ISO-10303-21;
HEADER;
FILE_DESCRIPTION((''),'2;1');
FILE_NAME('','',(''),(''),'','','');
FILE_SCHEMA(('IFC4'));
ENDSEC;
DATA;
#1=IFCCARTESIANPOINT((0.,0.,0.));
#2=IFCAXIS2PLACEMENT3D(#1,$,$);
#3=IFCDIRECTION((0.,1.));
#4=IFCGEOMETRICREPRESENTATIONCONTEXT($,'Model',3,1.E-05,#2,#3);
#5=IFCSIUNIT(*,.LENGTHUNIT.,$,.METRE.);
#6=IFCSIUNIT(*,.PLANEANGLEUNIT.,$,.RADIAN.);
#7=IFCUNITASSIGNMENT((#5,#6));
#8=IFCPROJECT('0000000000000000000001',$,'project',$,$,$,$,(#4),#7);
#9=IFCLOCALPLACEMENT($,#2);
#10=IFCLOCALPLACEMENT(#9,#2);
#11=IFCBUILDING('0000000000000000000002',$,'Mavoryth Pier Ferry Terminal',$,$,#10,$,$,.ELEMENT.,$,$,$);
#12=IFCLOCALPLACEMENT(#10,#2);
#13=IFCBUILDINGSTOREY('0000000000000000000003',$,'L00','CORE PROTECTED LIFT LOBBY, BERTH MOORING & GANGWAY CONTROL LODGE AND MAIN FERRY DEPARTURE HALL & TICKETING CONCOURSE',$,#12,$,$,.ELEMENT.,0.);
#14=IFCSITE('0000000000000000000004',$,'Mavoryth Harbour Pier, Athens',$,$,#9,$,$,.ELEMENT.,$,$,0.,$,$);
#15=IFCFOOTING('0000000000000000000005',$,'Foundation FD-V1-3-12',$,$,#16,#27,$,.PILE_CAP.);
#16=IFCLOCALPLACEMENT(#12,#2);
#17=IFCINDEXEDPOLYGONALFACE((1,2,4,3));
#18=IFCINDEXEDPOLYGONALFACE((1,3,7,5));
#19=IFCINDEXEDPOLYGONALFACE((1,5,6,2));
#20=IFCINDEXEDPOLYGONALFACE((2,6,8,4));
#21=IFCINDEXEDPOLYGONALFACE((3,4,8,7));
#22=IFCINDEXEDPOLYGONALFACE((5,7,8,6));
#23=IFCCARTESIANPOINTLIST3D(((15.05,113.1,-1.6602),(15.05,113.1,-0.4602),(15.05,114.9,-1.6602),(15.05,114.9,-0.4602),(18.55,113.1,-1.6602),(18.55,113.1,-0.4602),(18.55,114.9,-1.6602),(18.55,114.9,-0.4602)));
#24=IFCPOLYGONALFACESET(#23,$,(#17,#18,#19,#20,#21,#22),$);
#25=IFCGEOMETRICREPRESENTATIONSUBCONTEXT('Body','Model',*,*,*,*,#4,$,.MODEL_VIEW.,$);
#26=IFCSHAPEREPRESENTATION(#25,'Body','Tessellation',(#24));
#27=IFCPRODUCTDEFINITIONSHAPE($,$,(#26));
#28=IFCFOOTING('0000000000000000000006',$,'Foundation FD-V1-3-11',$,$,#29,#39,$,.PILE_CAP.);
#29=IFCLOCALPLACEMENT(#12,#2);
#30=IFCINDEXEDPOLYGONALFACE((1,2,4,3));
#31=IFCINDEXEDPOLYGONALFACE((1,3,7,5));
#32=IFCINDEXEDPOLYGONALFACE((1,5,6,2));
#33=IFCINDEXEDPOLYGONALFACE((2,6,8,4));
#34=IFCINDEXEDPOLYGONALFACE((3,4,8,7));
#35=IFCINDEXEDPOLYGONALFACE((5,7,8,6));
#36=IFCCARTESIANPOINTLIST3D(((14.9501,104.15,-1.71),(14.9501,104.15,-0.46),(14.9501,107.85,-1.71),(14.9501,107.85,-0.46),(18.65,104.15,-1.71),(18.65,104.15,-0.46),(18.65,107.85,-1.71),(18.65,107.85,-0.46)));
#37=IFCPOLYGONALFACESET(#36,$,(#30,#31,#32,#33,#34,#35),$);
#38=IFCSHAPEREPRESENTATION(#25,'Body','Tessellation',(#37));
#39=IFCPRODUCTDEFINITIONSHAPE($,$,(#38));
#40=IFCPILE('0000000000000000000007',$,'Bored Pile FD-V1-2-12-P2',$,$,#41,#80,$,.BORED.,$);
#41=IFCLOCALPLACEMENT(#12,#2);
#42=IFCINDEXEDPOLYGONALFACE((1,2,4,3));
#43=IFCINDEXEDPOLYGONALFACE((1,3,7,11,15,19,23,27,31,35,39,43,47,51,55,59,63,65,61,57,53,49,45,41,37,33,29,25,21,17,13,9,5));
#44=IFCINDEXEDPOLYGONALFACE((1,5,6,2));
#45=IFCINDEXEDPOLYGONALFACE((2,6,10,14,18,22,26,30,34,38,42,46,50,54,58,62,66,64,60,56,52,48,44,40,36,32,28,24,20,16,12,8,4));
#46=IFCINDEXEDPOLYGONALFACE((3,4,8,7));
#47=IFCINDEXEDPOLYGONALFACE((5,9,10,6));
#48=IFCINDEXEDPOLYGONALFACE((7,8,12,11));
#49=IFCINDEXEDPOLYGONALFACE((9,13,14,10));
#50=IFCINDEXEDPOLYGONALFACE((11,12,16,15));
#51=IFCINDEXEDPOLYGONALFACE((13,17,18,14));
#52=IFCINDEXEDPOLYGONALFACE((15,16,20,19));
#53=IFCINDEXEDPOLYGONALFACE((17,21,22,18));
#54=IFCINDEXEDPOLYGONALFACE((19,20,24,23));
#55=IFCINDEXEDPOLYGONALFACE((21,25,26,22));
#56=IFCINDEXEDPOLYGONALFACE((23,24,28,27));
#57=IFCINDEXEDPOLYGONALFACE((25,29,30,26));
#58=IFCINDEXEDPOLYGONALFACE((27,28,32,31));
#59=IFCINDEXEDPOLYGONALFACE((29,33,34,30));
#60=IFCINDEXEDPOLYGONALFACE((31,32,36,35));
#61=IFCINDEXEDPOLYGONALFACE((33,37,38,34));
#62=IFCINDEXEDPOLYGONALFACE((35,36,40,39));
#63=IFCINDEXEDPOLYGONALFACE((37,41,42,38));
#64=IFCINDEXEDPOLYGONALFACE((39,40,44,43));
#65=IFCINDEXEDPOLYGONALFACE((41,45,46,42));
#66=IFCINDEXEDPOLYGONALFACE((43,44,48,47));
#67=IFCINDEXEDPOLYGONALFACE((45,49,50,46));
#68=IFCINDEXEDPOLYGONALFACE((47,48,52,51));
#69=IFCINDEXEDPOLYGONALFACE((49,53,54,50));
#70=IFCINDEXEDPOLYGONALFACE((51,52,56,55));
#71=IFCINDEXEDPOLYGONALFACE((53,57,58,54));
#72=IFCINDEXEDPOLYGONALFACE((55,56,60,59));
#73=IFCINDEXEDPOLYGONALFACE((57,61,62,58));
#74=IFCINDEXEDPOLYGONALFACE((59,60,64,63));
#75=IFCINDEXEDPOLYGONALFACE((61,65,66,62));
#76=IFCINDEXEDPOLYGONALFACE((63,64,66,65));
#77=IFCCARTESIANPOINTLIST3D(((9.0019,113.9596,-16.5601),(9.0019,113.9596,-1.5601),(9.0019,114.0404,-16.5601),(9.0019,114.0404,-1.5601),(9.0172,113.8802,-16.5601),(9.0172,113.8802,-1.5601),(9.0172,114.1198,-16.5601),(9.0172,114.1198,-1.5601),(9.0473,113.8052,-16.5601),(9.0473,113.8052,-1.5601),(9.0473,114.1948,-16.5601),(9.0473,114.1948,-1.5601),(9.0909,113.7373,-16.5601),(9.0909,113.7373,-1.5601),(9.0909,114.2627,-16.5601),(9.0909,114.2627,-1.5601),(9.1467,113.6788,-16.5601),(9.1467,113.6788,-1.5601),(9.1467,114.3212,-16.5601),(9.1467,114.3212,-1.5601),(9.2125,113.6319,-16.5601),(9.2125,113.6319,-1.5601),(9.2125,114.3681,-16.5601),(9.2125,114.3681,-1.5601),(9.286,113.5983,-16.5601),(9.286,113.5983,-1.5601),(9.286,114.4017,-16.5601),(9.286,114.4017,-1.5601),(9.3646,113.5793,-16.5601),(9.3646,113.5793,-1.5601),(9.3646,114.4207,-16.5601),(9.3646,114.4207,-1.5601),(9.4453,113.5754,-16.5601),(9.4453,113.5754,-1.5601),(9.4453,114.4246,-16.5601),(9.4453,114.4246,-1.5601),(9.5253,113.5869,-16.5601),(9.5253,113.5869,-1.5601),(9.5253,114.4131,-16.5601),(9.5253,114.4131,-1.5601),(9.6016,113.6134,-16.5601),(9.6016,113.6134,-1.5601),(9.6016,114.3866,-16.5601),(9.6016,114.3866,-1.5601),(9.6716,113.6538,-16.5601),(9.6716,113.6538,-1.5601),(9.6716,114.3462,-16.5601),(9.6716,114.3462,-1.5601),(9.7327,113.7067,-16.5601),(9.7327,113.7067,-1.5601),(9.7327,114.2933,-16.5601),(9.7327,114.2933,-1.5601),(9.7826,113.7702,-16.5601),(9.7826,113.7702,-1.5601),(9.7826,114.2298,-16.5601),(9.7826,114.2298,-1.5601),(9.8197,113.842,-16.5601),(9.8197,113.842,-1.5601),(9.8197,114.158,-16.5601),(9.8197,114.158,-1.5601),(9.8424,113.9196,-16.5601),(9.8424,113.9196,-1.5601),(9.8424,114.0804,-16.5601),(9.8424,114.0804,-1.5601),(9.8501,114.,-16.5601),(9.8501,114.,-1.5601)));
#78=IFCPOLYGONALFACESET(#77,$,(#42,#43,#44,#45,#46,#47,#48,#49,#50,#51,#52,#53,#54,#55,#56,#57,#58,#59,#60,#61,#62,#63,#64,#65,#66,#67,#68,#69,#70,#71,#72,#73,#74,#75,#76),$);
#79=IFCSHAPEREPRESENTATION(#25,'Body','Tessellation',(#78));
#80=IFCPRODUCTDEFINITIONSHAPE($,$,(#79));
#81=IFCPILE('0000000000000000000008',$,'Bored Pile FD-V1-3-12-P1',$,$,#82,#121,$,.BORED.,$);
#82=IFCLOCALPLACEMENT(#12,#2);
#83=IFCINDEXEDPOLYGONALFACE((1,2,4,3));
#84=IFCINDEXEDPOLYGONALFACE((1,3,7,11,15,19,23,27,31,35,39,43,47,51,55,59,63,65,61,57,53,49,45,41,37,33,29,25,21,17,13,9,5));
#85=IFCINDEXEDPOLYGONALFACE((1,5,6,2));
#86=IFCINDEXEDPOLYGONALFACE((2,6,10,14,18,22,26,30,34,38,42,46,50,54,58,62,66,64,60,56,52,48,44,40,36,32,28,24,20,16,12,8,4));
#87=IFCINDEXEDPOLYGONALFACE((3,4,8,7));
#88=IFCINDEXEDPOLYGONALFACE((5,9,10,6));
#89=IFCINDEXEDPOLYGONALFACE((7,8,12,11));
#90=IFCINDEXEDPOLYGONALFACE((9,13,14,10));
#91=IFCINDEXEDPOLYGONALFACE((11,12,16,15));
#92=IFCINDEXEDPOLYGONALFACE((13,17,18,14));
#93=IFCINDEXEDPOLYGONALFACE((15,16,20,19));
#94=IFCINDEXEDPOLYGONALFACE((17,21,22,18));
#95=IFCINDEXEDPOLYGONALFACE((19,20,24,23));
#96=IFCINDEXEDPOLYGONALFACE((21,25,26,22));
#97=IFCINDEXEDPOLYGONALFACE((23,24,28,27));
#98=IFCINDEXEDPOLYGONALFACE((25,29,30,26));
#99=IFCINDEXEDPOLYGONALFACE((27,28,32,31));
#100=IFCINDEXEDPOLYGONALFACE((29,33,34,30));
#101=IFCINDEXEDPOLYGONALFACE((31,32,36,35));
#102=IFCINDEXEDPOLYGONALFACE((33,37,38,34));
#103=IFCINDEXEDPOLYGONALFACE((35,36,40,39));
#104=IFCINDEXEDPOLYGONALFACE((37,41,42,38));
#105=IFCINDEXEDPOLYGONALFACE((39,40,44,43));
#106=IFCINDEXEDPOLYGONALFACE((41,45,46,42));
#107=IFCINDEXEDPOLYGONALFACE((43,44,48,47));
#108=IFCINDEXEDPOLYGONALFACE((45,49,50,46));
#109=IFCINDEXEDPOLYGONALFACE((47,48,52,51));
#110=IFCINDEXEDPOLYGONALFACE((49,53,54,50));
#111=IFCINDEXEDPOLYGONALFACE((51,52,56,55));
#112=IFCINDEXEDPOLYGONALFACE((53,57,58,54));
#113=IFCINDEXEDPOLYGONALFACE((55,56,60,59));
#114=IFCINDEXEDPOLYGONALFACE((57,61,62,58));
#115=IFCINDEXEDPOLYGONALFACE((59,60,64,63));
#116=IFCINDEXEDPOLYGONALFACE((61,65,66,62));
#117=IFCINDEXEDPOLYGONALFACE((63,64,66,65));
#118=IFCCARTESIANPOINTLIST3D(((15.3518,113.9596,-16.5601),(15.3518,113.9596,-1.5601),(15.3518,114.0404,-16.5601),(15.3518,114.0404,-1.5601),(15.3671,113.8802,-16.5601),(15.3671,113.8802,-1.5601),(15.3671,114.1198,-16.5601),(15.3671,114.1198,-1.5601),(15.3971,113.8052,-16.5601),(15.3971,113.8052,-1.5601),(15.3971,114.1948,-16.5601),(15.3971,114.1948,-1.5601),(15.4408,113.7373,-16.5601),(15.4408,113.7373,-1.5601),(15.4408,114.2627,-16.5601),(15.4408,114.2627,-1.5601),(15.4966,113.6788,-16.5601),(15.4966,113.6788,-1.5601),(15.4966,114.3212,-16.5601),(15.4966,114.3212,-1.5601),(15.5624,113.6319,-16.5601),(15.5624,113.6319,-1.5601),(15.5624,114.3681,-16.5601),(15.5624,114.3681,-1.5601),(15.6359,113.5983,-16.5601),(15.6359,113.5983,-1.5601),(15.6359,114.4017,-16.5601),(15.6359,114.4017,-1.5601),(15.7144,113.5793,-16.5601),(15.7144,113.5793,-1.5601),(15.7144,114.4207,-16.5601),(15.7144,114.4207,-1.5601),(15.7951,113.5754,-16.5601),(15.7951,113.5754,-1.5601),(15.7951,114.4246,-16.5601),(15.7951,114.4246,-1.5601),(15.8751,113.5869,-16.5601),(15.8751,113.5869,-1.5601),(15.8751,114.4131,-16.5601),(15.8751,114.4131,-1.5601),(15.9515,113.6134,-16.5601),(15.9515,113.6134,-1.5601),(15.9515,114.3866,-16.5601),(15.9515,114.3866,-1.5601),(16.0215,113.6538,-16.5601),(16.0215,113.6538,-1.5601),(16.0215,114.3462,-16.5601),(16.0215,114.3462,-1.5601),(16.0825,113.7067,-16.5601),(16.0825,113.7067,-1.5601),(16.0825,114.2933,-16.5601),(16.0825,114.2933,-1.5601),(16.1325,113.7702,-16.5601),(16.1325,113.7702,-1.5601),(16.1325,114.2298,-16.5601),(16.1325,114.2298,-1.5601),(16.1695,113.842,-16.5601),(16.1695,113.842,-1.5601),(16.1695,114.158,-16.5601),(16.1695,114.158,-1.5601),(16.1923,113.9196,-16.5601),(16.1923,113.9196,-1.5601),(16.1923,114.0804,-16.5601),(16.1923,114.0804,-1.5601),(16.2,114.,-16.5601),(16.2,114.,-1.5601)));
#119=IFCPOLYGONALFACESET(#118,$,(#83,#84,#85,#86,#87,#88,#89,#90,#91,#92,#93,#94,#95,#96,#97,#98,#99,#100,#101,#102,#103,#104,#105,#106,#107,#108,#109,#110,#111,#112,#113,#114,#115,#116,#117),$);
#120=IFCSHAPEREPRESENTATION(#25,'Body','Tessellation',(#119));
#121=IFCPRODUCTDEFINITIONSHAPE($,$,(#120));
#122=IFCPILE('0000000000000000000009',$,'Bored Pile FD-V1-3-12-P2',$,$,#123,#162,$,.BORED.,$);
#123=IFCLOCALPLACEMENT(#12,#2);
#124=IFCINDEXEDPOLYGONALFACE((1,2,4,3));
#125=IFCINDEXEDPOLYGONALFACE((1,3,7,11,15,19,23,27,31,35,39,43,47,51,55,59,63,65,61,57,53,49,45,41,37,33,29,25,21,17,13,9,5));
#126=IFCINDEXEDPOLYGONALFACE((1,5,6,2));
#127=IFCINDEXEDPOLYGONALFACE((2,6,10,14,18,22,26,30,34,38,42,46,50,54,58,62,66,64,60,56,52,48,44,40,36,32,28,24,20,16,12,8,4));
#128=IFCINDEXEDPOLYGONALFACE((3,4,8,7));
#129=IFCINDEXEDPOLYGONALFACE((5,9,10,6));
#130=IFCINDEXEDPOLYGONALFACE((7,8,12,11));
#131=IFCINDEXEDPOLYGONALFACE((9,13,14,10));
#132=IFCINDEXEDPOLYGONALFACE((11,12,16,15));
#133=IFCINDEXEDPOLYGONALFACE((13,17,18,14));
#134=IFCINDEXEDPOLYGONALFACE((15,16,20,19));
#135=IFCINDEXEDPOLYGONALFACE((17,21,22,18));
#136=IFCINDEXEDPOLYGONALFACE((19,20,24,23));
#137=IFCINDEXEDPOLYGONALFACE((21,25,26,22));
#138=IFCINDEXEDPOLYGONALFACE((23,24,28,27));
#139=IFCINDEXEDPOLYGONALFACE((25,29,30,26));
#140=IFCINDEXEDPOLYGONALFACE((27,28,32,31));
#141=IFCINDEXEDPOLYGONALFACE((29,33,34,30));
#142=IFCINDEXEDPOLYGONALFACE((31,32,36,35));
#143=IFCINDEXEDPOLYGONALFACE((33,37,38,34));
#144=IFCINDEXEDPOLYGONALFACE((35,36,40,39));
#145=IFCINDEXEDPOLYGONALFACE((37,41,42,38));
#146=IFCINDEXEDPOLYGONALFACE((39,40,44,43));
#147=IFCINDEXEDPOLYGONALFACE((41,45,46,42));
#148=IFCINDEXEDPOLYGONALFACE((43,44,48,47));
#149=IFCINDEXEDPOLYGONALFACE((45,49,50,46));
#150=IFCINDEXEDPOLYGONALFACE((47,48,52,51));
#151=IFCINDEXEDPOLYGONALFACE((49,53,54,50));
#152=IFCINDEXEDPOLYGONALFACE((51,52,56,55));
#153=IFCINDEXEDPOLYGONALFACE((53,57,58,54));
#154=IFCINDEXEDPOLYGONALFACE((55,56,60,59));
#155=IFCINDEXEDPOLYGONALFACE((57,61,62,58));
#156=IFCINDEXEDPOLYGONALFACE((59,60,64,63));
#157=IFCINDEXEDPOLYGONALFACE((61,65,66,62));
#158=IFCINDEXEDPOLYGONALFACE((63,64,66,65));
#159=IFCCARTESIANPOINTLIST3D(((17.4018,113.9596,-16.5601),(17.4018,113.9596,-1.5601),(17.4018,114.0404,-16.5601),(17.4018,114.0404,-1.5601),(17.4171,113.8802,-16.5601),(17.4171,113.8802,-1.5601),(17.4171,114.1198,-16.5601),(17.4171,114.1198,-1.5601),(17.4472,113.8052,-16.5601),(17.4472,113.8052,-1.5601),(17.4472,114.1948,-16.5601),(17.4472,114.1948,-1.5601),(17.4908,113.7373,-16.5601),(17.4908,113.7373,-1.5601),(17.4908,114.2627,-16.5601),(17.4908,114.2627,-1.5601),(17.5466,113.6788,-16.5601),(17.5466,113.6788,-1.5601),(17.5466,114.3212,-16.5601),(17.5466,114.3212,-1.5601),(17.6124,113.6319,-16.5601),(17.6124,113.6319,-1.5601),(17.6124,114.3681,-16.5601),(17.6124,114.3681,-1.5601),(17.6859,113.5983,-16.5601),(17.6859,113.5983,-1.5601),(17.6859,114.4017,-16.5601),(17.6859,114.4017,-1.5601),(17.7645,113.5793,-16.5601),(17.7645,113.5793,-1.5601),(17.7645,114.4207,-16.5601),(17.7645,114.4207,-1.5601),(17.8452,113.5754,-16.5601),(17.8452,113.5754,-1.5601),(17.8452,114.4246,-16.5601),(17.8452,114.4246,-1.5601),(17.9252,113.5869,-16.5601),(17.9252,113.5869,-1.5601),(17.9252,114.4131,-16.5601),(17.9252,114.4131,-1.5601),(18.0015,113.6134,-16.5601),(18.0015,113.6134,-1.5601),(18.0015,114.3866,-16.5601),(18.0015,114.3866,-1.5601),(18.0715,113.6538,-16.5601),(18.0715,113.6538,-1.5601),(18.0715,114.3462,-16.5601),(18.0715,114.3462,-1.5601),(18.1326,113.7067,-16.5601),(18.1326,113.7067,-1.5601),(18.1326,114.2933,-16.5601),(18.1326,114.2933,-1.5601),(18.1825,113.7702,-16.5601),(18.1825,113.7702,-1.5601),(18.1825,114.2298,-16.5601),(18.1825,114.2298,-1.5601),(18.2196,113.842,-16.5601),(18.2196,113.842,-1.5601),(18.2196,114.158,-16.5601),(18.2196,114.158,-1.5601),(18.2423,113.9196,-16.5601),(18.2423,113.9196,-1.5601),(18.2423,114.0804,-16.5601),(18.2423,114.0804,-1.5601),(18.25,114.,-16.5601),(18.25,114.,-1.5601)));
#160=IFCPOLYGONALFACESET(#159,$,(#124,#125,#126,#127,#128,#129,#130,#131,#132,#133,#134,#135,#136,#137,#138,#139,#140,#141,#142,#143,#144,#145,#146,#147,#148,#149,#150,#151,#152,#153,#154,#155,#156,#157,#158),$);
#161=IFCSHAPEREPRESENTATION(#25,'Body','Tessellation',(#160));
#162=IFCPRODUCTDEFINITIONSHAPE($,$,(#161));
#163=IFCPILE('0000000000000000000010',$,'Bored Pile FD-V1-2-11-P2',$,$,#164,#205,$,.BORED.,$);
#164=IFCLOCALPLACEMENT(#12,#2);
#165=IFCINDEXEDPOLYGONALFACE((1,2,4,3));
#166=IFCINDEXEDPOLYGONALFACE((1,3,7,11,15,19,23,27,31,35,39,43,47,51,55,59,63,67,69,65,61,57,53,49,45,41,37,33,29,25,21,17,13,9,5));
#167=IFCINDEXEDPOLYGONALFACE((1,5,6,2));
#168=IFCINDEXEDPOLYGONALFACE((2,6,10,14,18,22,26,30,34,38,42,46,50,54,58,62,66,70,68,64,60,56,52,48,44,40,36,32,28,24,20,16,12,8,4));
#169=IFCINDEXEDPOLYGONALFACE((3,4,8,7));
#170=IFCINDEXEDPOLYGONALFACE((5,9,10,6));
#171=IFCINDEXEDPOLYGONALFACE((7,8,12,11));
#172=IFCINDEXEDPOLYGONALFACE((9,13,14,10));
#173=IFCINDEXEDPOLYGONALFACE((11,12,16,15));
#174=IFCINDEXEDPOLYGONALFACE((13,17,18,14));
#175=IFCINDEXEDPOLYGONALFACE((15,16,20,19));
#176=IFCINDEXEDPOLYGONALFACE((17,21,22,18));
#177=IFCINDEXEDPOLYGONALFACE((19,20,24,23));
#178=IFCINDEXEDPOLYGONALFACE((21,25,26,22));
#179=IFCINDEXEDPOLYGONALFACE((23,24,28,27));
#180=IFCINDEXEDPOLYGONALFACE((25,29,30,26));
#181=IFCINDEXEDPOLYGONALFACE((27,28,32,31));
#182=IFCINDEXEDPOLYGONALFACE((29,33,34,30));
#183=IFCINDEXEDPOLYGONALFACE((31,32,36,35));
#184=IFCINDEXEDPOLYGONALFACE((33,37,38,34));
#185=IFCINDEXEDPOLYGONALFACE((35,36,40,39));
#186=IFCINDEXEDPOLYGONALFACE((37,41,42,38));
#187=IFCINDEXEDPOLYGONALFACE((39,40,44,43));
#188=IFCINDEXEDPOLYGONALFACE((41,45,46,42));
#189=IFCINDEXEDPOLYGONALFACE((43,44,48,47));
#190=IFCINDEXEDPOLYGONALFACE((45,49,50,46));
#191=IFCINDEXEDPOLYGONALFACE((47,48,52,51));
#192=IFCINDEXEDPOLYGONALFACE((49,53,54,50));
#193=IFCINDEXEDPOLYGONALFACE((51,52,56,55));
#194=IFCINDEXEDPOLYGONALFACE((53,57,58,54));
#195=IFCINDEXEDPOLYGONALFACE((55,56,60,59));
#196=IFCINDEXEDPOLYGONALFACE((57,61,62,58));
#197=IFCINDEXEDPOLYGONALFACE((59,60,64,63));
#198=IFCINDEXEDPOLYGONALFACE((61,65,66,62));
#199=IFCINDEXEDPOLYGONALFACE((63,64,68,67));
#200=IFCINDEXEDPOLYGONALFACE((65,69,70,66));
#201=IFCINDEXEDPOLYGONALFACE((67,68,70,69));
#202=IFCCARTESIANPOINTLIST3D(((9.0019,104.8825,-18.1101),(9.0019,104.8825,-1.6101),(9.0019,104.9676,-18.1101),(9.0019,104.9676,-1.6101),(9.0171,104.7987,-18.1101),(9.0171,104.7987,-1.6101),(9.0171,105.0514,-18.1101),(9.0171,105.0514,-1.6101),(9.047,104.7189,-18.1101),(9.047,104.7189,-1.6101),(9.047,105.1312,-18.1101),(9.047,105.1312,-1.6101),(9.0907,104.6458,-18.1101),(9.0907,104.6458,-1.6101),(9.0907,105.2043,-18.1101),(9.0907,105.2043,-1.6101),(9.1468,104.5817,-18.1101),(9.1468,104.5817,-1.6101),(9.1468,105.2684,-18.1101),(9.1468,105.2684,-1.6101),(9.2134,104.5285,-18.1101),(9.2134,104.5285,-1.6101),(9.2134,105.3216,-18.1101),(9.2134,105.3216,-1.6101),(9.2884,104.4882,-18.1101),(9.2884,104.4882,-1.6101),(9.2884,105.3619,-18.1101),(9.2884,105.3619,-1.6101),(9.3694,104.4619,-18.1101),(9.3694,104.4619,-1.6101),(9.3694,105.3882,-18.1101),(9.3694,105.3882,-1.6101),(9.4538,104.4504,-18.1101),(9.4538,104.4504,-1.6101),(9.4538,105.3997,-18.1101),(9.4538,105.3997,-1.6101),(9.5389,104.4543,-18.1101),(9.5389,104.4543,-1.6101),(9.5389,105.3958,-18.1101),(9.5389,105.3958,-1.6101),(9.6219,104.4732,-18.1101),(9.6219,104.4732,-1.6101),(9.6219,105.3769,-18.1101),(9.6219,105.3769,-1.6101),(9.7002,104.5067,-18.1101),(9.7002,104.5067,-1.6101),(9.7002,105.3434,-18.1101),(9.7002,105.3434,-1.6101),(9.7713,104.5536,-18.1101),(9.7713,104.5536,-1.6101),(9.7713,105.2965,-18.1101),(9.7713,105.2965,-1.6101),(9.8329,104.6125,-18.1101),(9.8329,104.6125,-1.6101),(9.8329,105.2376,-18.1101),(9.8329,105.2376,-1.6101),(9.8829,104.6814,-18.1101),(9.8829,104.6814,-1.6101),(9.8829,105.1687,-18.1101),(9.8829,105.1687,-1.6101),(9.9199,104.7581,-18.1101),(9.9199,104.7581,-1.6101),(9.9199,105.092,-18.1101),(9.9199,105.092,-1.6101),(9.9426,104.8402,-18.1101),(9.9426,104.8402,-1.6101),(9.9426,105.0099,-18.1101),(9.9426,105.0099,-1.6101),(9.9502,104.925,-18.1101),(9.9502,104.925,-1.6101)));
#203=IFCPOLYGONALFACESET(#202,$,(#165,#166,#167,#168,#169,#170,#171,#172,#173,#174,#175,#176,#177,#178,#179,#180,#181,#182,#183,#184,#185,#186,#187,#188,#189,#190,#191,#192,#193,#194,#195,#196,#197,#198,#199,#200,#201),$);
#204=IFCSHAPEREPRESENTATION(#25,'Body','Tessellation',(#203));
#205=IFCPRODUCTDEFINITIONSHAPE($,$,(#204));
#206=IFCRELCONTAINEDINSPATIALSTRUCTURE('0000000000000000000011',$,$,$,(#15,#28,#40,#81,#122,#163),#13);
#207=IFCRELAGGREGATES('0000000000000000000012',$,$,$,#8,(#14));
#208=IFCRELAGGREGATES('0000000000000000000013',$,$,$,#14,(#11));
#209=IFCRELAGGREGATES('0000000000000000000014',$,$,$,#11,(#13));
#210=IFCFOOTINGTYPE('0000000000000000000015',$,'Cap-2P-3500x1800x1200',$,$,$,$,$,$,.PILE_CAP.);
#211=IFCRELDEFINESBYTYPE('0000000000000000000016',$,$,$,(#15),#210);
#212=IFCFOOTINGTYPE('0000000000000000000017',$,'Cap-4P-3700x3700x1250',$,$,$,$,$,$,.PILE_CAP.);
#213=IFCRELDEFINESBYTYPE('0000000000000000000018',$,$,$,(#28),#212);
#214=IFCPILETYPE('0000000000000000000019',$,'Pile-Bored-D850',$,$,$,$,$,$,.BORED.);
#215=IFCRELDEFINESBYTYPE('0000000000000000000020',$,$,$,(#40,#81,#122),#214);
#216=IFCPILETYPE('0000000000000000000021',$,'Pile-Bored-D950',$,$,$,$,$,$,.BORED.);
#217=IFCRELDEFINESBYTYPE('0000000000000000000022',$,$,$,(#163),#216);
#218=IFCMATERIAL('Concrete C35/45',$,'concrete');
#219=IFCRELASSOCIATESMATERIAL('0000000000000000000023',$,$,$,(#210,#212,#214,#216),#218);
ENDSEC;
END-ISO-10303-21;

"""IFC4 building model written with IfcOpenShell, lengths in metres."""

from ifc_helpers import new_model, si_unit, direction, frame, origin, origin_2d, place, context, subcontext, project, spatial, rectangle, circle, extrude, material, material_profile, profile_set, type_object, element, save


model = new_model("IFC4")

# Units and contexts
model_context = context("Model", 3, precision=1e-05, world=origin(), true_north=direction((0.0, 1.0)))
body_context = subcontext(model_context, "Body", "Model", "MODEL_VIEW")
ifc_project = project(units=[si_unit("LENGTHUNIT", "METRE"), si_unit("PLANEANGLEUNIT", "RADIAN")], contexts=[model_context])

# Site, building, storey
site_placement = place(None, origin())
site = spatial("IfcSite", under=ifc_project, at=site_placement, Name="Mavoryth Harbour Pier, Athens", CompositionType="ELEMENT", RefElevation=0.0)
building_placement = place(site_placement, origin())
building = spatial("IfcBuilding", under=site, at=building_placement, Name="Mavoryth Pier Ferry Terminal", CompositionType="ELEMENT")
storey_placement = place(building_placement, origin())
storey = spatial("IfcBuildingStorey", under=building, at=storey_placement, Name="L00", Description="CORE PROTECTED LIFT LOBBY, BERTH MOORING & GANGWAY CONTROL LODGE AND MAIN FERRY DEPARTURE HALL & TICKETING CONCOURSE", CompositionType="ELEMENT", Elevation=0.0)

# Footings
ifc_material_1 = material(Name="Concrete C35/45", Category="concrete")
footing_type_1 = type_object("IfcFootingType", Name="Cap-2P-3500x1800x1200", PredefinedType="PILE_CAP", material=ifc_material_1)
footing_1_placement = place(storey_placement, frame((16.8, 114.0, -1.6602), z_axis=(0.0, 0.0, 1.0), x_axis=(1.0, 0.0, 0.0)))
element("IfcFooting", 1, at=footing_1_placement, inside=storey, type_object=footing_type_1, Name="Foundation FD-V1-3-12", PredefinedType="PILE_CAP", context=body_context, shape_type="SweptSolid", body=[
    extrude(rectangle(XDim=3.5, YDim=1.8, at=origin_2d()), origin(), (0.0, 0.0, 1.0), 1.2),
])
footing_type_2 = type_object("IfcFootingType", Name="Cap-4P-3700x3700x1250", PredefinedType="PILE_CAP", material=ifc_material_1)
footing_2_placement = place(storey_placement, frame((16.8, 106.0, -1.71), z_axis=(0.0, 0.0, 1.0), x_axis=(1.0, 0.0, 0.0)))
element("IfcFooting", 2, at=footing_2_placement, inside=storey, type_object=footing_type_2, Name="Foundation FD-V1-3-11", PredefinedType="PILE_CAP", context=body_context, shape_type="SweptSolid", body=[
    extrude(rectangle(XDim=3.7, YDim=3.7, at=origin_2d()), origin(), (0.0, 0.0, 1.0), 1.25),
])

# Piles
ifc_material_profile_1 = material_profile(ifc_material_1, circle(Radius=0.425, at=origin_2d()), Name="PILE D850", Category="concrete")
ifc_profile_set_1 = profile_set([ifc_material_profile_1], Name="Concrete C35/45 - PILE D850")
pile_type_1 = type_object("IfcPileType", Name="Pile-Bored-D850", PredefinedType="BORED", material=ifc_profile_set_1)
for number, where, z_axis, x_axis, name in (
    (3, (9.425, 114.0, -1.5601), (0.0, 0.0, -1.0), (1.0, 0.0, 0.0), "Bored Pile FD-V1-2-12-P2"),
    (4, (15.7749, 114.0, -1.5601), (0.0, 0.0, -1.0), (1.0, 0.0, 0.0), "Bored Pile FD-V1-3-12-P1"),
    (5, (17.825, 114.0, -1.5601), (0.0, 0.0, -1.0), (1.0, 0.0, 0.0), "Bored Pile FD-V1-3-12-P2"),
):
    element("IfcPile", number, at=place(storey_placement, frame(where, z_axis=z_axis, x_axis=x_axis)), inside=storey, type_object=pile_type_1, Name=name, PredefinedType="BORED", context=body_context, shape_type="SweptSolid", body=[
        extrude(circle(Radius=0.425, at=origin_2d()), origin(), (0.0, 0.0, 1.0), 15.0),
    ])
ifc_material_profile_2 = material_profile(ifc_material_1, circle(Radius=0.4751, at=origin_2d()), Name="PILE D950", Category="concrete")
ifc_profile_set_2 = profile_set([ifc_material_profile_2], Name="Concrete C35/45 - PILE D950")
pile_type_2 = type_object("IfcPileType", Name="Pile-Bored-D950", PredefinedType="BORED", material=ifc_profile_set_2)
for number, where, z_axis, x_axis, name in (
    (6, (9.4751, 104.925, -1.6101), (0.0, 0.0, -1.0), (1.0, 0.0, 0.0), "Bored Pile FD-V1-2-11-P2"),
):
    element("IfcPile", number, at=place(storey_placement, frame(where, z_axis=z_axis, x_axis=x_axis)), inside=storey, type_object=pile_type_2, Name=name, PredefinedType="BORED", context=body_context, shape_type="SweptSolid", body=[
        extrude(circle(Radius=0.4751, at=origin_2d()), origin(), (0.0, 0.0, 1.0), 16.5),
    ])

save(model, "model.ifc")
